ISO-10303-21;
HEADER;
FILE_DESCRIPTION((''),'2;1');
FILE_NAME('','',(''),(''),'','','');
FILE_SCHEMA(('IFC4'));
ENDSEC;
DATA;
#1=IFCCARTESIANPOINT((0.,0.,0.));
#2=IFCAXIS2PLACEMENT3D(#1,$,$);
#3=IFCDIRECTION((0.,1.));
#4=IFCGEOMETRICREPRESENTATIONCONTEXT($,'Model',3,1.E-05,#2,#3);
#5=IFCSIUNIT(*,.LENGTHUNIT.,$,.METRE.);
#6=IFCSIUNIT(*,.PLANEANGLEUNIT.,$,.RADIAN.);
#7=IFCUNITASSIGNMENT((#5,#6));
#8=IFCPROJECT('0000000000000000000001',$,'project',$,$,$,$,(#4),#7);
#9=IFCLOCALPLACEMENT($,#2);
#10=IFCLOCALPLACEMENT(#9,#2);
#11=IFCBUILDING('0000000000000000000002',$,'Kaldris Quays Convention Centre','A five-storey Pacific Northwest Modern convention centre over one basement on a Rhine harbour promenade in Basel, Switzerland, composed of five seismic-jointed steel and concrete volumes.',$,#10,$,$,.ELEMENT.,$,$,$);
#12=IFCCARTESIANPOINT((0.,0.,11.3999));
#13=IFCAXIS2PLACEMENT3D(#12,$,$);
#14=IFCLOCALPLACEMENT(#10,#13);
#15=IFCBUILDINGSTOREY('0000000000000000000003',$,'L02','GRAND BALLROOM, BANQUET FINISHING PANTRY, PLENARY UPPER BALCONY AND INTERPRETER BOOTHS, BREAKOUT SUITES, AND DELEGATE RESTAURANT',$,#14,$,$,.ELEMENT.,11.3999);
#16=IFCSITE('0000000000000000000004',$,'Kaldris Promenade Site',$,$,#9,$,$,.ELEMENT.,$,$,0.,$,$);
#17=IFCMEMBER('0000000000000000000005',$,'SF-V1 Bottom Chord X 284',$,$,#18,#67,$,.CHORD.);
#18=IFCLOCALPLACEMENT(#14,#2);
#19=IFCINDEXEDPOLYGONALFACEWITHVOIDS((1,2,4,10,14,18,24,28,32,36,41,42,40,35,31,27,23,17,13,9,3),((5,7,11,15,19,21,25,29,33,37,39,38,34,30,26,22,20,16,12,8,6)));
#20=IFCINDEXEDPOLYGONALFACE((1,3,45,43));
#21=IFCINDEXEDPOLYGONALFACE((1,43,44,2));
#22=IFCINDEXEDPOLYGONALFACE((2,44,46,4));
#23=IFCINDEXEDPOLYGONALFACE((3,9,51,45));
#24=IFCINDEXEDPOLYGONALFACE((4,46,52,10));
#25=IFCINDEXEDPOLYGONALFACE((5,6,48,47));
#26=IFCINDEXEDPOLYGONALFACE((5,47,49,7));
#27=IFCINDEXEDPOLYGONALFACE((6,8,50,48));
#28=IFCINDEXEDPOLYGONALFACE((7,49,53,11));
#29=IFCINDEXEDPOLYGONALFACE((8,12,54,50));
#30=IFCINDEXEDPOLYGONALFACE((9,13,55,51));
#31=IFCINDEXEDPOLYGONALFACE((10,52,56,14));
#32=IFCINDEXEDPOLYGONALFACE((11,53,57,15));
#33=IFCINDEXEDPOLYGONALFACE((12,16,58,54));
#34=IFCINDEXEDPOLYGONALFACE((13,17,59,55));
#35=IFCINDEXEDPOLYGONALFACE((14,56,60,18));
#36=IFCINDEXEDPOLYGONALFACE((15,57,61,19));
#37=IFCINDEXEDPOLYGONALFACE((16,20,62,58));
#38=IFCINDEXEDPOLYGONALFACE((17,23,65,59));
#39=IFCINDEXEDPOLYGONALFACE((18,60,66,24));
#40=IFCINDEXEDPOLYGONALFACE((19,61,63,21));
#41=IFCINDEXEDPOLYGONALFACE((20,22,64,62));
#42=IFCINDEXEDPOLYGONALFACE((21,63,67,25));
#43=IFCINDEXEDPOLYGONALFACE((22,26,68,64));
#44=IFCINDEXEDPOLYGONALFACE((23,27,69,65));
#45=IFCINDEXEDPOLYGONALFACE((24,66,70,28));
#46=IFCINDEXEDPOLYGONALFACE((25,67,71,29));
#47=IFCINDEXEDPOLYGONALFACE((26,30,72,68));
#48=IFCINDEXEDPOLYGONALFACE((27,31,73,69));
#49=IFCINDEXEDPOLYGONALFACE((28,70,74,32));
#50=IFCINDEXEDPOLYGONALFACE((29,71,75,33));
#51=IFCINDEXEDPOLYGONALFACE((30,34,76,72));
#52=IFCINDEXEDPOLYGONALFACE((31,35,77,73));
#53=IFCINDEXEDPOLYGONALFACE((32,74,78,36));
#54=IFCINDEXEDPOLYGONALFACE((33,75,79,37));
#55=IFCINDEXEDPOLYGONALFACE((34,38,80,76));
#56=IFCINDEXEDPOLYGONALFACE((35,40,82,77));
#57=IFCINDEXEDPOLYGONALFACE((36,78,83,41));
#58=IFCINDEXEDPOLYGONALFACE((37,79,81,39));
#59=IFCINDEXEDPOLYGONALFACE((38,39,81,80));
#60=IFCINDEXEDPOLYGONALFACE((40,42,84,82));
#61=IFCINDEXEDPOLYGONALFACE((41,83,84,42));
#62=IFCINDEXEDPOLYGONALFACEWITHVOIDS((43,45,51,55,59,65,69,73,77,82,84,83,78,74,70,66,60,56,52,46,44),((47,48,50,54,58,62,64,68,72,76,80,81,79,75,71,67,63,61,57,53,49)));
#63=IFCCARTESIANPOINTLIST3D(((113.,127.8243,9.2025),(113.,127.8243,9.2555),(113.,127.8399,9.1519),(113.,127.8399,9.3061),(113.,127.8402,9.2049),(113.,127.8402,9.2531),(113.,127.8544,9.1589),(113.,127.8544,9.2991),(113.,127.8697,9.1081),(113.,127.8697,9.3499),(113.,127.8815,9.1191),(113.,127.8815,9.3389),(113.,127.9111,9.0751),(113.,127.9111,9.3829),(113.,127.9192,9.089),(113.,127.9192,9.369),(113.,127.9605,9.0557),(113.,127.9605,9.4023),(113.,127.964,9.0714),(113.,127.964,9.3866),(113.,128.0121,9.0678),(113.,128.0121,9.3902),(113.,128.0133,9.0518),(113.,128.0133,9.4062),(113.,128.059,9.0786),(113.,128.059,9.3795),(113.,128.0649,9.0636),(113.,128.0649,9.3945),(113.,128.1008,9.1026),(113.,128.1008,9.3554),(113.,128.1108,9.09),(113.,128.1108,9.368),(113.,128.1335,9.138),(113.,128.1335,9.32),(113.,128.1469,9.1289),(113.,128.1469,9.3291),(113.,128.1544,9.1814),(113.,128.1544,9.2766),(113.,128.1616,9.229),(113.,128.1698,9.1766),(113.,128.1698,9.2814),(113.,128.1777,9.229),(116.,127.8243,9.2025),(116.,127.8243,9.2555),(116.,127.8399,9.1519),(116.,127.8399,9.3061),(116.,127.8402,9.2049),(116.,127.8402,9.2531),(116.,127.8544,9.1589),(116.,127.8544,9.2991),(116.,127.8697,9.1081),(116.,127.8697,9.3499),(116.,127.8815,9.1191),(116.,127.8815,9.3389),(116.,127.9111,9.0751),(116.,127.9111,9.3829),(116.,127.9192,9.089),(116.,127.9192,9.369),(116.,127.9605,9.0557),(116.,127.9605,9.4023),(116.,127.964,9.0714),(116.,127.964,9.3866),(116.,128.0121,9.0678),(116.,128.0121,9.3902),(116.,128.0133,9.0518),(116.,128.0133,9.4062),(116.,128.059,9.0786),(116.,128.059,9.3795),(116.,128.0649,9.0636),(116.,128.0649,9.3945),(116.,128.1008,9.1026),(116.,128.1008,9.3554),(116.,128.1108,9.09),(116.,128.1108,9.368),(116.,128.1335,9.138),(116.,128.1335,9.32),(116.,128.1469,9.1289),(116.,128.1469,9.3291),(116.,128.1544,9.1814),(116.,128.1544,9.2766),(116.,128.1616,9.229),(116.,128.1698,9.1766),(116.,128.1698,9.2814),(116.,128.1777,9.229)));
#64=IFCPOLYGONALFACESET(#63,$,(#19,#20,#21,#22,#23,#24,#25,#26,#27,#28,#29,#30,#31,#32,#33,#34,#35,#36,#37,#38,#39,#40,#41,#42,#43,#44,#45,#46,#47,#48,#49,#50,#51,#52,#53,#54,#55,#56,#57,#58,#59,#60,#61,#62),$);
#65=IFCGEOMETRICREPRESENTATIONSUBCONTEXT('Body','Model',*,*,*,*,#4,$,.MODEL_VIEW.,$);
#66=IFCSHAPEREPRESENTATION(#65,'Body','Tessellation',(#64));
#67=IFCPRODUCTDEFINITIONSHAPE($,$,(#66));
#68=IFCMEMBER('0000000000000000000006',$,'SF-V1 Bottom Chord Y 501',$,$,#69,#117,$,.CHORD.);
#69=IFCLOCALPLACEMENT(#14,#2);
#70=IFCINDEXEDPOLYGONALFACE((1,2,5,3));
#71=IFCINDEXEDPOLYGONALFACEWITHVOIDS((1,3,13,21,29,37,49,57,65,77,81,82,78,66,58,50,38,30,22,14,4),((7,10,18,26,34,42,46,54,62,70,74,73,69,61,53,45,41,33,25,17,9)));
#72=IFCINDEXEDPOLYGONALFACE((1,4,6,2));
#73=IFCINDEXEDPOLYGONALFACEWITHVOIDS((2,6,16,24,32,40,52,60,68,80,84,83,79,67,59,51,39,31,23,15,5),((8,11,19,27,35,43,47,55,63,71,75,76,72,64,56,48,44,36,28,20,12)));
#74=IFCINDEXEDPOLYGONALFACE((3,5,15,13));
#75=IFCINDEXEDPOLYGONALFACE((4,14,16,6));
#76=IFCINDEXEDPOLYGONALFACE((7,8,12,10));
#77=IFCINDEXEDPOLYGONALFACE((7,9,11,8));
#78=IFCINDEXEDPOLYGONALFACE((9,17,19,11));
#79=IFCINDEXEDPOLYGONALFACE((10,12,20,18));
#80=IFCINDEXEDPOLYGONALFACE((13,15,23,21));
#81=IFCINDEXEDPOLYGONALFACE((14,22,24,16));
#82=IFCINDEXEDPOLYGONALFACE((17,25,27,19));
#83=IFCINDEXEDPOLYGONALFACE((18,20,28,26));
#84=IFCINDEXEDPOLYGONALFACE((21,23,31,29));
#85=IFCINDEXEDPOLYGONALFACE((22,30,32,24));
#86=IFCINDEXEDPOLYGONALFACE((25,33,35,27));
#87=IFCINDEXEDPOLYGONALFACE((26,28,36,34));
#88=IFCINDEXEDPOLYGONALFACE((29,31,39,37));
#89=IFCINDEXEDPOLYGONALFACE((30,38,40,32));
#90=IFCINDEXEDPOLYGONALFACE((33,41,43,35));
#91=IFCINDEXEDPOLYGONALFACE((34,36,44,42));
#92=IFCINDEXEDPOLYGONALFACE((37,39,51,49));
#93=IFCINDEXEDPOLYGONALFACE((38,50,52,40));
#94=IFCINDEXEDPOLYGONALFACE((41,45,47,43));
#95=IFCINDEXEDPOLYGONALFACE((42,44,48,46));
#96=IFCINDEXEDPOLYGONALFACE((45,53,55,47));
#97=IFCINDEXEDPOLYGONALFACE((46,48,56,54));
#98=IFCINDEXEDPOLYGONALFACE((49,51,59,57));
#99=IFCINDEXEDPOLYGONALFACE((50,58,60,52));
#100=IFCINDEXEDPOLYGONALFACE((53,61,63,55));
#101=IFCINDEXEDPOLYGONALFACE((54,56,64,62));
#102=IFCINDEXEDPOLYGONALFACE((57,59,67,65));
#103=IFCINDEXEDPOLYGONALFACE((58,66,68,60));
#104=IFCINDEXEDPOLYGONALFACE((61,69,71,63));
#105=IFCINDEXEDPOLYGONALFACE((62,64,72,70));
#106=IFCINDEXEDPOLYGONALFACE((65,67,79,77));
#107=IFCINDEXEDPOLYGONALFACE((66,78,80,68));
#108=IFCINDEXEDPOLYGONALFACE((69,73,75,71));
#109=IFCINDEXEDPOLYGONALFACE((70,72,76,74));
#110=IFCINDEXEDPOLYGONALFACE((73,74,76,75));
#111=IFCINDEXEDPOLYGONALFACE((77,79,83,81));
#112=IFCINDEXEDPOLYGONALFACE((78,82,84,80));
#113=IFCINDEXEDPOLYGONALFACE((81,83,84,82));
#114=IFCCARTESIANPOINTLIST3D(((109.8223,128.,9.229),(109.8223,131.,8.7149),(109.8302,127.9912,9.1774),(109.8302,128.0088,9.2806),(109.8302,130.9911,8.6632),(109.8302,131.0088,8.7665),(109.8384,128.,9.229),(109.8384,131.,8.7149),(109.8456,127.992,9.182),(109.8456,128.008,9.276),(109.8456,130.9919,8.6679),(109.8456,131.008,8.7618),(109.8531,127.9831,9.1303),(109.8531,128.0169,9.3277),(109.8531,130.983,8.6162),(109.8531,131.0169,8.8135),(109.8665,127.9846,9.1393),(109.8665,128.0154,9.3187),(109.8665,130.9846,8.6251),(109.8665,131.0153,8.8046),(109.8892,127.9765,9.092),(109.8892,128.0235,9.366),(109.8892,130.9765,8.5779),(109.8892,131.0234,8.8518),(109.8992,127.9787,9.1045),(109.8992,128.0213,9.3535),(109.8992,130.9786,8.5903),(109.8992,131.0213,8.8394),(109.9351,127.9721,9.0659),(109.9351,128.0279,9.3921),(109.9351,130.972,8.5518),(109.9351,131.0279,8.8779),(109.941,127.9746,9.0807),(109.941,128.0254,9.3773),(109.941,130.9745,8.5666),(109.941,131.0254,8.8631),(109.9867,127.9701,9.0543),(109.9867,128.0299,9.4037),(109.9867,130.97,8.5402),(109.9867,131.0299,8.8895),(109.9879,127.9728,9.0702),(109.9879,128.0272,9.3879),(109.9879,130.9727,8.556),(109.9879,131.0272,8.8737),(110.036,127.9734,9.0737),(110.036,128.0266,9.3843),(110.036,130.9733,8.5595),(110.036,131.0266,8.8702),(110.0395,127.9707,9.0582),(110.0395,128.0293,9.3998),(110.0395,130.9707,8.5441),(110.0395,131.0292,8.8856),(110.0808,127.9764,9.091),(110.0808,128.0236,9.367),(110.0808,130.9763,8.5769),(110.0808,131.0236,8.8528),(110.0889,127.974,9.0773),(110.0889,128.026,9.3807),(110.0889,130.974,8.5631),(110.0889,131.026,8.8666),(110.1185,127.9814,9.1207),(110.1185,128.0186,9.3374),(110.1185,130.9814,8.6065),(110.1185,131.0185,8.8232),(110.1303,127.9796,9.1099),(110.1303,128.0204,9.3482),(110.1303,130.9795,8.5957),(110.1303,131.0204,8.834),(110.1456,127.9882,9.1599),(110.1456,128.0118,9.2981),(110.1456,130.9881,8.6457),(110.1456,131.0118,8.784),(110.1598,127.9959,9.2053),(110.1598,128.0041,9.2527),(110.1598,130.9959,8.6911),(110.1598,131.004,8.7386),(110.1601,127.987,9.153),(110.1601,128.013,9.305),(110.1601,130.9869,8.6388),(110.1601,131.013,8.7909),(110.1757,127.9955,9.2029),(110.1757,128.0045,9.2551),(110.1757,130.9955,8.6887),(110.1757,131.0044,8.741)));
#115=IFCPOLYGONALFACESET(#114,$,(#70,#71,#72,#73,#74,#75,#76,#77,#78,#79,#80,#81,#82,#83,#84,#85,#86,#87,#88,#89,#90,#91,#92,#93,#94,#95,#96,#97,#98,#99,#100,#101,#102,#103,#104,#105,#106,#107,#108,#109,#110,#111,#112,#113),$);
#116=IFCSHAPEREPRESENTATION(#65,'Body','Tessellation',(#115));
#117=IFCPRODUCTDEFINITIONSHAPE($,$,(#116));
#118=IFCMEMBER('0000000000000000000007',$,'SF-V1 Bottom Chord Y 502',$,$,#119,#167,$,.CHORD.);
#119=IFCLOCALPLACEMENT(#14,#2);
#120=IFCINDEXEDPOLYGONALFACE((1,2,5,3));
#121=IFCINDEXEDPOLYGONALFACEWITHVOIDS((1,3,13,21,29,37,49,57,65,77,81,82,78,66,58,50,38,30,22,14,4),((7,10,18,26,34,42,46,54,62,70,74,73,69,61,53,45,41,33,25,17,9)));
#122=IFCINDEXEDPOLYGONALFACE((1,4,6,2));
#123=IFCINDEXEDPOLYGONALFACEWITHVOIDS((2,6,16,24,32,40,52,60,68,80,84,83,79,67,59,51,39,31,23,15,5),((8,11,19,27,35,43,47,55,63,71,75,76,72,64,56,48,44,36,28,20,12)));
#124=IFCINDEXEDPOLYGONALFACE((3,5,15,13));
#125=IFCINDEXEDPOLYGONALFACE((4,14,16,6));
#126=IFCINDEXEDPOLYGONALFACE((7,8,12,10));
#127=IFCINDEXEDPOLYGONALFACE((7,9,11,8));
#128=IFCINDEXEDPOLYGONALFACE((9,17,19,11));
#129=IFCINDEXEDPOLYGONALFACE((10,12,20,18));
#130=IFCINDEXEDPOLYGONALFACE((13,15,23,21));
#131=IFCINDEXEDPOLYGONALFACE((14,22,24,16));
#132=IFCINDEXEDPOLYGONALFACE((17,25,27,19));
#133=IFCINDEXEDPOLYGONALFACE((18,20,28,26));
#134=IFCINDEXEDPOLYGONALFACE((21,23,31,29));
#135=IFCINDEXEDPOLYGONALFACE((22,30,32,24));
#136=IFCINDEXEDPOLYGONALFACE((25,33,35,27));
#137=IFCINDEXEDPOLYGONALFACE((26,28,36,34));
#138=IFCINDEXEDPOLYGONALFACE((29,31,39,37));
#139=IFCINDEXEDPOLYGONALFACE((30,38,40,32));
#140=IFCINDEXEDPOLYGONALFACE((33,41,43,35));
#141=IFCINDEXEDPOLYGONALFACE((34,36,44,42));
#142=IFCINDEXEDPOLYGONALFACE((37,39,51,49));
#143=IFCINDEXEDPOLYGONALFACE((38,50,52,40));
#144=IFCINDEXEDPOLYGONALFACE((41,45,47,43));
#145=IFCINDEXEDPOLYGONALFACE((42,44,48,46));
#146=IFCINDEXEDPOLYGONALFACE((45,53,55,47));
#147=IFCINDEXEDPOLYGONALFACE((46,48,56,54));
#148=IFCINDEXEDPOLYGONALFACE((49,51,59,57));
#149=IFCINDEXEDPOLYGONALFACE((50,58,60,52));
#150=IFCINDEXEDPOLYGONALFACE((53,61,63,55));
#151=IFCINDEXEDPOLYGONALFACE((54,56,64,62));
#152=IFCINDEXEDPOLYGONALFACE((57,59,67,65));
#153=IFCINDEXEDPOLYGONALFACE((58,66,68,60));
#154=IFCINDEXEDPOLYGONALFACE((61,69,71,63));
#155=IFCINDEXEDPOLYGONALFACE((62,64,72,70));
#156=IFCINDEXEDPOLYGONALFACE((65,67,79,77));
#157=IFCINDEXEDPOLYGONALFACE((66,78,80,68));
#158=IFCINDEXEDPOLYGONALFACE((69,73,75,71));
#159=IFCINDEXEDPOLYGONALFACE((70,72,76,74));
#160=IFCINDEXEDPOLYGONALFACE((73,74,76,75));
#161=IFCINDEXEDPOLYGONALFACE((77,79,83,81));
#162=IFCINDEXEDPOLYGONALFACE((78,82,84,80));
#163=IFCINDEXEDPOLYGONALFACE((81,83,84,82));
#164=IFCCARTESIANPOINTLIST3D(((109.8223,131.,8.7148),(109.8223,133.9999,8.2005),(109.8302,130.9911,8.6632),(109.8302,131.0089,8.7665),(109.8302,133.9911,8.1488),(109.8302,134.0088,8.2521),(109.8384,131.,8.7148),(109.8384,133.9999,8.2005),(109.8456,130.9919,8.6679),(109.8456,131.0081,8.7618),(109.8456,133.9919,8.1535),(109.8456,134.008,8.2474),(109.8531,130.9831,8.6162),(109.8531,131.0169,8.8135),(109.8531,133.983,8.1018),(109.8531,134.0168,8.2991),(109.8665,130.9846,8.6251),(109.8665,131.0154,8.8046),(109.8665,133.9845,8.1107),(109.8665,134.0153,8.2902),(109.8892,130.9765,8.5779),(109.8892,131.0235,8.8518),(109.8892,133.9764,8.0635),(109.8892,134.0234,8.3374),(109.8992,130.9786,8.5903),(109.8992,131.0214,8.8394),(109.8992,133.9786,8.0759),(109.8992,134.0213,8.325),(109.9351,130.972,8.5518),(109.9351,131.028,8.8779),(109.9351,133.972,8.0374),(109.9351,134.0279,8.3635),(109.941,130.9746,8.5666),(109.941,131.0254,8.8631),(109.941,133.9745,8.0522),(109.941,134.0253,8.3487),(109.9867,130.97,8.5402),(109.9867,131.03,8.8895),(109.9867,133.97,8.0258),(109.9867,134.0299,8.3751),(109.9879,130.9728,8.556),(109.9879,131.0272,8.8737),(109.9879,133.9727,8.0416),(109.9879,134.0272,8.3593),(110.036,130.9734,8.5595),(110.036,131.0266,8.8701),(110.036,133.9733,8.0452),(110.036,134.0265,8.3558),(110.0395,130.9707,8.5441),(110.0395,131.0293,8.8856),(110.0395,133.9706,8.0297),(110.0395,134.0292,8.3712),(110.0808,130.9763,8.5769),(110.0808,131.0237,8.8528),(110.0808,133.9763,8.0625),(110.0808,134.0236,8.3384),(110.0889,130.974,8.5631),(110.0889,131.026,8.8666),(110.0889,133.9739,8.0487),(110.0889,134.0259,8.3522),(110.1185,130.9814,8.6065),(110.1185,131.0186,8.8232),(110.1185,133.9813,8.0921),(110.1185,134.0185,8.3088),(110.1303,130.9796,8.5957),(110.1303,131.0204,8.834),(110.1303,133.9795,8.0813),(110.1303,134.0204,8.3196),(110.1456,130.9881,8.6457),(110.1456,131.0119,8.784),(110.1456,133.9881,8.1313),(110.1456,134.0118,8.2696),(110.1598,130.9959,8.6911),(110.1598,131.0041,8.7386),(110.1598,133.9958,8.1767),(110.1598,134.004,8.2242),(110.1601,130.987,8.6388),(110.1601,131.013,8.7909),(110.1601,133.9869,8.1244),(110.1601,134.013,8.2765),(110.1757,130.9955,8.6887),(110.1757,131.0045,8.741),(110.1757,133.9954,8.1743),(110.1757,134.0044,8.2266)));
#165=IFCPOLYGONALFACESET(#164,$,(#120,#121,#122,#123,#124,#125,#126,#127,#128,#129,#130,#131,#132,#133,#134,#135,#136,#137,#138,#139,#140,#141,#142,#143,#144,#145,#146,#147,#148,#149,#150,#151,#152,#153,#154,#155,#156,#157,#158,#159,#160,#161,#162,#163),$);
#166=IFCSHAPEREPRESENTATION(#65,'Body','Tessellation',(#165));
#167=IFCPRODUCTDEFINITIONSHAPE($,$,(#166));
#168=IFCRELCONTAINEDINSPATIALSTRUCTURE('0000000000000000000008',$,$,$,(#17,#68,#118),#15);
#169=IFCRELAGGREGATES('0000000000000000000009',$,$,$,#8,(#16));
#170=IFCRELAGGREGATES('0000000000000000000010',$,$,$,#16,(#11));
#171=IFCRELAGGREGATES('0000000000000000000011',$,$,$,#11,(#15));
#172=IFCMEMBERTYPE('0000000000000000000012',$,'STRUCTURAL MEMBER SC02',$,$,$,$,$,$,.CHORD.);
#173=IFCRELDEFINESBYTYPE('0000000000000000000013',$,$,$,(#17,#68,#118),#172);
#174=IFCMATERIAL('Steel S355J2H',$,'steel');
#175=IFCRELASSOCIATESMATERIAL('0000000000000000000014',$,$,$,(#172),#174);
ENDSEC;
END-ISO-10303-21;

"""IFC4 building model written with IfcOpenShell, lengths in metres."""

from ifc_helpers import new_model, si_unit, direction, frame, origin, origin_2d, place, context, subcontext, project, spatial, hollow_circle, extrude, material, material_profile, profile_set, type_object, element, save


model = new_model("IFC4")

# Units and contexts
model_context = context("Model", 3, precision=1e-05, world=origin(), true_north=direction((0.0, 1.0)))
body_context = subcontext(model_context, "Body", "Model", "MODEL_VIEW")
ifc_project = project(units=[si_unit("LENGTHUNIT", "METRE"), si_unit("PLANEANGLEUNIT", "RADIAN")], contexts=[model_context])

# Site, building, storey
site_placement = place(None, origin())
site = spatial("IfcSite", under=ifc_project, at=site_placement, Name="Kaldris Promenade Site", CompositionType="ELEMENT", RefElevation=0.0)
building_placement = place(site_placement, origin())
building = spatial("IfcBuilding", under=site, at=building_placement, Name="Kaldris Quays Convention Centre", Description="A five-storey Pacific Northwest Modern convention centre over one basement on a Rhine harbour promenade in Basel, Switzerland, composed of five seismic-jointed steel and concrete volumes.", CompositionType="ELEMENT")
storey_placement = place(building_placement, frame((0.0, 0.0, 11.3999)))
storey = spatial("IfcBuildingStorey", under=building, at=storey_placement, Name="L02", Description="GRAND BALLROOM, BANQUET FINISHING PANTRY, PLENARY UPPER BALCONY AND INTERPRETER BOOTHS, BREAKOUT SUITES, AND DELEGATE RESTAURANT", CompositionType="ELEMENT", Elevation=11.3999)

# Members
ifc_material_1 = material(Name="Steel S355J2H", Category="steel")
ifc_material_profile_1 = material_profile(ifc_material_1, hollow_circle(Radius=0.1777, WallThickness=0.0161, at=origin_2d()), Name="CHS 355.6x16")
ifc_profile_set_1 = profile_set([ifc_material_profile_1], Name="Steel S355J2H")
member_type_1 = type_object("IfcMemberType", Name="STRUCTURAL MEMBER SC02", PredefinedType="CHORD", material=ifc_profile_set_1)
for number, where, z_axis, x_axis, name in (
    (1, (113.0, 128.0, 9.229), (1.0, 0.0, 0.0), (0.0, 1.0, 0.0), "SF-V1 Bottom Chord X 284"),
):
    element("IfcMember", number, at=place(storey_placement, frame(where, z_axis=z_axis, x_axis=x_axis)), inside=storey, type_object=member_type_1, Name=name, PredefinedType="CHORD", context=body_context, shape_type="SweptSolid", body=[
        extrude(hollow_circle(Radius=0.1777, WallThickness=0.0161, at=origin_2d()), origin(), (0.0, 0.0, 1.0), 3.0),
    ])
for number, where, z_axis, x_axis, name in (
    (2, (110.0, 128.0, 9.229), (0.0, 0.985629, -0.168924), (-1.0, 0.0, 0.0), "SF-V1 Bottom Chord Y 501"),
    (3, (110.0, 131.0, 8.7148), (0.0, 0.985616, -0.169002), (-1.0, 0.0, 0.0), "SF-V1 Bottom Chord Y 502"),
):
    element("IfcMember", number, at=place(storey_placement, frame(where, z_axis=z_axis, x_axis=x_axis)), inside=storey, type_object=member_type_1, Name=name, PredefinedType="CHORD", context=body_context, shape_type="SweptSolid", body=[
        extrude(hollow_circle(Radius=0.1777, WallThickness=0.0161, at=origin_2d()), origin(), (0.0, 0.0, 1.0), 3.0437),
    ])

save(model, "model.ifc")
